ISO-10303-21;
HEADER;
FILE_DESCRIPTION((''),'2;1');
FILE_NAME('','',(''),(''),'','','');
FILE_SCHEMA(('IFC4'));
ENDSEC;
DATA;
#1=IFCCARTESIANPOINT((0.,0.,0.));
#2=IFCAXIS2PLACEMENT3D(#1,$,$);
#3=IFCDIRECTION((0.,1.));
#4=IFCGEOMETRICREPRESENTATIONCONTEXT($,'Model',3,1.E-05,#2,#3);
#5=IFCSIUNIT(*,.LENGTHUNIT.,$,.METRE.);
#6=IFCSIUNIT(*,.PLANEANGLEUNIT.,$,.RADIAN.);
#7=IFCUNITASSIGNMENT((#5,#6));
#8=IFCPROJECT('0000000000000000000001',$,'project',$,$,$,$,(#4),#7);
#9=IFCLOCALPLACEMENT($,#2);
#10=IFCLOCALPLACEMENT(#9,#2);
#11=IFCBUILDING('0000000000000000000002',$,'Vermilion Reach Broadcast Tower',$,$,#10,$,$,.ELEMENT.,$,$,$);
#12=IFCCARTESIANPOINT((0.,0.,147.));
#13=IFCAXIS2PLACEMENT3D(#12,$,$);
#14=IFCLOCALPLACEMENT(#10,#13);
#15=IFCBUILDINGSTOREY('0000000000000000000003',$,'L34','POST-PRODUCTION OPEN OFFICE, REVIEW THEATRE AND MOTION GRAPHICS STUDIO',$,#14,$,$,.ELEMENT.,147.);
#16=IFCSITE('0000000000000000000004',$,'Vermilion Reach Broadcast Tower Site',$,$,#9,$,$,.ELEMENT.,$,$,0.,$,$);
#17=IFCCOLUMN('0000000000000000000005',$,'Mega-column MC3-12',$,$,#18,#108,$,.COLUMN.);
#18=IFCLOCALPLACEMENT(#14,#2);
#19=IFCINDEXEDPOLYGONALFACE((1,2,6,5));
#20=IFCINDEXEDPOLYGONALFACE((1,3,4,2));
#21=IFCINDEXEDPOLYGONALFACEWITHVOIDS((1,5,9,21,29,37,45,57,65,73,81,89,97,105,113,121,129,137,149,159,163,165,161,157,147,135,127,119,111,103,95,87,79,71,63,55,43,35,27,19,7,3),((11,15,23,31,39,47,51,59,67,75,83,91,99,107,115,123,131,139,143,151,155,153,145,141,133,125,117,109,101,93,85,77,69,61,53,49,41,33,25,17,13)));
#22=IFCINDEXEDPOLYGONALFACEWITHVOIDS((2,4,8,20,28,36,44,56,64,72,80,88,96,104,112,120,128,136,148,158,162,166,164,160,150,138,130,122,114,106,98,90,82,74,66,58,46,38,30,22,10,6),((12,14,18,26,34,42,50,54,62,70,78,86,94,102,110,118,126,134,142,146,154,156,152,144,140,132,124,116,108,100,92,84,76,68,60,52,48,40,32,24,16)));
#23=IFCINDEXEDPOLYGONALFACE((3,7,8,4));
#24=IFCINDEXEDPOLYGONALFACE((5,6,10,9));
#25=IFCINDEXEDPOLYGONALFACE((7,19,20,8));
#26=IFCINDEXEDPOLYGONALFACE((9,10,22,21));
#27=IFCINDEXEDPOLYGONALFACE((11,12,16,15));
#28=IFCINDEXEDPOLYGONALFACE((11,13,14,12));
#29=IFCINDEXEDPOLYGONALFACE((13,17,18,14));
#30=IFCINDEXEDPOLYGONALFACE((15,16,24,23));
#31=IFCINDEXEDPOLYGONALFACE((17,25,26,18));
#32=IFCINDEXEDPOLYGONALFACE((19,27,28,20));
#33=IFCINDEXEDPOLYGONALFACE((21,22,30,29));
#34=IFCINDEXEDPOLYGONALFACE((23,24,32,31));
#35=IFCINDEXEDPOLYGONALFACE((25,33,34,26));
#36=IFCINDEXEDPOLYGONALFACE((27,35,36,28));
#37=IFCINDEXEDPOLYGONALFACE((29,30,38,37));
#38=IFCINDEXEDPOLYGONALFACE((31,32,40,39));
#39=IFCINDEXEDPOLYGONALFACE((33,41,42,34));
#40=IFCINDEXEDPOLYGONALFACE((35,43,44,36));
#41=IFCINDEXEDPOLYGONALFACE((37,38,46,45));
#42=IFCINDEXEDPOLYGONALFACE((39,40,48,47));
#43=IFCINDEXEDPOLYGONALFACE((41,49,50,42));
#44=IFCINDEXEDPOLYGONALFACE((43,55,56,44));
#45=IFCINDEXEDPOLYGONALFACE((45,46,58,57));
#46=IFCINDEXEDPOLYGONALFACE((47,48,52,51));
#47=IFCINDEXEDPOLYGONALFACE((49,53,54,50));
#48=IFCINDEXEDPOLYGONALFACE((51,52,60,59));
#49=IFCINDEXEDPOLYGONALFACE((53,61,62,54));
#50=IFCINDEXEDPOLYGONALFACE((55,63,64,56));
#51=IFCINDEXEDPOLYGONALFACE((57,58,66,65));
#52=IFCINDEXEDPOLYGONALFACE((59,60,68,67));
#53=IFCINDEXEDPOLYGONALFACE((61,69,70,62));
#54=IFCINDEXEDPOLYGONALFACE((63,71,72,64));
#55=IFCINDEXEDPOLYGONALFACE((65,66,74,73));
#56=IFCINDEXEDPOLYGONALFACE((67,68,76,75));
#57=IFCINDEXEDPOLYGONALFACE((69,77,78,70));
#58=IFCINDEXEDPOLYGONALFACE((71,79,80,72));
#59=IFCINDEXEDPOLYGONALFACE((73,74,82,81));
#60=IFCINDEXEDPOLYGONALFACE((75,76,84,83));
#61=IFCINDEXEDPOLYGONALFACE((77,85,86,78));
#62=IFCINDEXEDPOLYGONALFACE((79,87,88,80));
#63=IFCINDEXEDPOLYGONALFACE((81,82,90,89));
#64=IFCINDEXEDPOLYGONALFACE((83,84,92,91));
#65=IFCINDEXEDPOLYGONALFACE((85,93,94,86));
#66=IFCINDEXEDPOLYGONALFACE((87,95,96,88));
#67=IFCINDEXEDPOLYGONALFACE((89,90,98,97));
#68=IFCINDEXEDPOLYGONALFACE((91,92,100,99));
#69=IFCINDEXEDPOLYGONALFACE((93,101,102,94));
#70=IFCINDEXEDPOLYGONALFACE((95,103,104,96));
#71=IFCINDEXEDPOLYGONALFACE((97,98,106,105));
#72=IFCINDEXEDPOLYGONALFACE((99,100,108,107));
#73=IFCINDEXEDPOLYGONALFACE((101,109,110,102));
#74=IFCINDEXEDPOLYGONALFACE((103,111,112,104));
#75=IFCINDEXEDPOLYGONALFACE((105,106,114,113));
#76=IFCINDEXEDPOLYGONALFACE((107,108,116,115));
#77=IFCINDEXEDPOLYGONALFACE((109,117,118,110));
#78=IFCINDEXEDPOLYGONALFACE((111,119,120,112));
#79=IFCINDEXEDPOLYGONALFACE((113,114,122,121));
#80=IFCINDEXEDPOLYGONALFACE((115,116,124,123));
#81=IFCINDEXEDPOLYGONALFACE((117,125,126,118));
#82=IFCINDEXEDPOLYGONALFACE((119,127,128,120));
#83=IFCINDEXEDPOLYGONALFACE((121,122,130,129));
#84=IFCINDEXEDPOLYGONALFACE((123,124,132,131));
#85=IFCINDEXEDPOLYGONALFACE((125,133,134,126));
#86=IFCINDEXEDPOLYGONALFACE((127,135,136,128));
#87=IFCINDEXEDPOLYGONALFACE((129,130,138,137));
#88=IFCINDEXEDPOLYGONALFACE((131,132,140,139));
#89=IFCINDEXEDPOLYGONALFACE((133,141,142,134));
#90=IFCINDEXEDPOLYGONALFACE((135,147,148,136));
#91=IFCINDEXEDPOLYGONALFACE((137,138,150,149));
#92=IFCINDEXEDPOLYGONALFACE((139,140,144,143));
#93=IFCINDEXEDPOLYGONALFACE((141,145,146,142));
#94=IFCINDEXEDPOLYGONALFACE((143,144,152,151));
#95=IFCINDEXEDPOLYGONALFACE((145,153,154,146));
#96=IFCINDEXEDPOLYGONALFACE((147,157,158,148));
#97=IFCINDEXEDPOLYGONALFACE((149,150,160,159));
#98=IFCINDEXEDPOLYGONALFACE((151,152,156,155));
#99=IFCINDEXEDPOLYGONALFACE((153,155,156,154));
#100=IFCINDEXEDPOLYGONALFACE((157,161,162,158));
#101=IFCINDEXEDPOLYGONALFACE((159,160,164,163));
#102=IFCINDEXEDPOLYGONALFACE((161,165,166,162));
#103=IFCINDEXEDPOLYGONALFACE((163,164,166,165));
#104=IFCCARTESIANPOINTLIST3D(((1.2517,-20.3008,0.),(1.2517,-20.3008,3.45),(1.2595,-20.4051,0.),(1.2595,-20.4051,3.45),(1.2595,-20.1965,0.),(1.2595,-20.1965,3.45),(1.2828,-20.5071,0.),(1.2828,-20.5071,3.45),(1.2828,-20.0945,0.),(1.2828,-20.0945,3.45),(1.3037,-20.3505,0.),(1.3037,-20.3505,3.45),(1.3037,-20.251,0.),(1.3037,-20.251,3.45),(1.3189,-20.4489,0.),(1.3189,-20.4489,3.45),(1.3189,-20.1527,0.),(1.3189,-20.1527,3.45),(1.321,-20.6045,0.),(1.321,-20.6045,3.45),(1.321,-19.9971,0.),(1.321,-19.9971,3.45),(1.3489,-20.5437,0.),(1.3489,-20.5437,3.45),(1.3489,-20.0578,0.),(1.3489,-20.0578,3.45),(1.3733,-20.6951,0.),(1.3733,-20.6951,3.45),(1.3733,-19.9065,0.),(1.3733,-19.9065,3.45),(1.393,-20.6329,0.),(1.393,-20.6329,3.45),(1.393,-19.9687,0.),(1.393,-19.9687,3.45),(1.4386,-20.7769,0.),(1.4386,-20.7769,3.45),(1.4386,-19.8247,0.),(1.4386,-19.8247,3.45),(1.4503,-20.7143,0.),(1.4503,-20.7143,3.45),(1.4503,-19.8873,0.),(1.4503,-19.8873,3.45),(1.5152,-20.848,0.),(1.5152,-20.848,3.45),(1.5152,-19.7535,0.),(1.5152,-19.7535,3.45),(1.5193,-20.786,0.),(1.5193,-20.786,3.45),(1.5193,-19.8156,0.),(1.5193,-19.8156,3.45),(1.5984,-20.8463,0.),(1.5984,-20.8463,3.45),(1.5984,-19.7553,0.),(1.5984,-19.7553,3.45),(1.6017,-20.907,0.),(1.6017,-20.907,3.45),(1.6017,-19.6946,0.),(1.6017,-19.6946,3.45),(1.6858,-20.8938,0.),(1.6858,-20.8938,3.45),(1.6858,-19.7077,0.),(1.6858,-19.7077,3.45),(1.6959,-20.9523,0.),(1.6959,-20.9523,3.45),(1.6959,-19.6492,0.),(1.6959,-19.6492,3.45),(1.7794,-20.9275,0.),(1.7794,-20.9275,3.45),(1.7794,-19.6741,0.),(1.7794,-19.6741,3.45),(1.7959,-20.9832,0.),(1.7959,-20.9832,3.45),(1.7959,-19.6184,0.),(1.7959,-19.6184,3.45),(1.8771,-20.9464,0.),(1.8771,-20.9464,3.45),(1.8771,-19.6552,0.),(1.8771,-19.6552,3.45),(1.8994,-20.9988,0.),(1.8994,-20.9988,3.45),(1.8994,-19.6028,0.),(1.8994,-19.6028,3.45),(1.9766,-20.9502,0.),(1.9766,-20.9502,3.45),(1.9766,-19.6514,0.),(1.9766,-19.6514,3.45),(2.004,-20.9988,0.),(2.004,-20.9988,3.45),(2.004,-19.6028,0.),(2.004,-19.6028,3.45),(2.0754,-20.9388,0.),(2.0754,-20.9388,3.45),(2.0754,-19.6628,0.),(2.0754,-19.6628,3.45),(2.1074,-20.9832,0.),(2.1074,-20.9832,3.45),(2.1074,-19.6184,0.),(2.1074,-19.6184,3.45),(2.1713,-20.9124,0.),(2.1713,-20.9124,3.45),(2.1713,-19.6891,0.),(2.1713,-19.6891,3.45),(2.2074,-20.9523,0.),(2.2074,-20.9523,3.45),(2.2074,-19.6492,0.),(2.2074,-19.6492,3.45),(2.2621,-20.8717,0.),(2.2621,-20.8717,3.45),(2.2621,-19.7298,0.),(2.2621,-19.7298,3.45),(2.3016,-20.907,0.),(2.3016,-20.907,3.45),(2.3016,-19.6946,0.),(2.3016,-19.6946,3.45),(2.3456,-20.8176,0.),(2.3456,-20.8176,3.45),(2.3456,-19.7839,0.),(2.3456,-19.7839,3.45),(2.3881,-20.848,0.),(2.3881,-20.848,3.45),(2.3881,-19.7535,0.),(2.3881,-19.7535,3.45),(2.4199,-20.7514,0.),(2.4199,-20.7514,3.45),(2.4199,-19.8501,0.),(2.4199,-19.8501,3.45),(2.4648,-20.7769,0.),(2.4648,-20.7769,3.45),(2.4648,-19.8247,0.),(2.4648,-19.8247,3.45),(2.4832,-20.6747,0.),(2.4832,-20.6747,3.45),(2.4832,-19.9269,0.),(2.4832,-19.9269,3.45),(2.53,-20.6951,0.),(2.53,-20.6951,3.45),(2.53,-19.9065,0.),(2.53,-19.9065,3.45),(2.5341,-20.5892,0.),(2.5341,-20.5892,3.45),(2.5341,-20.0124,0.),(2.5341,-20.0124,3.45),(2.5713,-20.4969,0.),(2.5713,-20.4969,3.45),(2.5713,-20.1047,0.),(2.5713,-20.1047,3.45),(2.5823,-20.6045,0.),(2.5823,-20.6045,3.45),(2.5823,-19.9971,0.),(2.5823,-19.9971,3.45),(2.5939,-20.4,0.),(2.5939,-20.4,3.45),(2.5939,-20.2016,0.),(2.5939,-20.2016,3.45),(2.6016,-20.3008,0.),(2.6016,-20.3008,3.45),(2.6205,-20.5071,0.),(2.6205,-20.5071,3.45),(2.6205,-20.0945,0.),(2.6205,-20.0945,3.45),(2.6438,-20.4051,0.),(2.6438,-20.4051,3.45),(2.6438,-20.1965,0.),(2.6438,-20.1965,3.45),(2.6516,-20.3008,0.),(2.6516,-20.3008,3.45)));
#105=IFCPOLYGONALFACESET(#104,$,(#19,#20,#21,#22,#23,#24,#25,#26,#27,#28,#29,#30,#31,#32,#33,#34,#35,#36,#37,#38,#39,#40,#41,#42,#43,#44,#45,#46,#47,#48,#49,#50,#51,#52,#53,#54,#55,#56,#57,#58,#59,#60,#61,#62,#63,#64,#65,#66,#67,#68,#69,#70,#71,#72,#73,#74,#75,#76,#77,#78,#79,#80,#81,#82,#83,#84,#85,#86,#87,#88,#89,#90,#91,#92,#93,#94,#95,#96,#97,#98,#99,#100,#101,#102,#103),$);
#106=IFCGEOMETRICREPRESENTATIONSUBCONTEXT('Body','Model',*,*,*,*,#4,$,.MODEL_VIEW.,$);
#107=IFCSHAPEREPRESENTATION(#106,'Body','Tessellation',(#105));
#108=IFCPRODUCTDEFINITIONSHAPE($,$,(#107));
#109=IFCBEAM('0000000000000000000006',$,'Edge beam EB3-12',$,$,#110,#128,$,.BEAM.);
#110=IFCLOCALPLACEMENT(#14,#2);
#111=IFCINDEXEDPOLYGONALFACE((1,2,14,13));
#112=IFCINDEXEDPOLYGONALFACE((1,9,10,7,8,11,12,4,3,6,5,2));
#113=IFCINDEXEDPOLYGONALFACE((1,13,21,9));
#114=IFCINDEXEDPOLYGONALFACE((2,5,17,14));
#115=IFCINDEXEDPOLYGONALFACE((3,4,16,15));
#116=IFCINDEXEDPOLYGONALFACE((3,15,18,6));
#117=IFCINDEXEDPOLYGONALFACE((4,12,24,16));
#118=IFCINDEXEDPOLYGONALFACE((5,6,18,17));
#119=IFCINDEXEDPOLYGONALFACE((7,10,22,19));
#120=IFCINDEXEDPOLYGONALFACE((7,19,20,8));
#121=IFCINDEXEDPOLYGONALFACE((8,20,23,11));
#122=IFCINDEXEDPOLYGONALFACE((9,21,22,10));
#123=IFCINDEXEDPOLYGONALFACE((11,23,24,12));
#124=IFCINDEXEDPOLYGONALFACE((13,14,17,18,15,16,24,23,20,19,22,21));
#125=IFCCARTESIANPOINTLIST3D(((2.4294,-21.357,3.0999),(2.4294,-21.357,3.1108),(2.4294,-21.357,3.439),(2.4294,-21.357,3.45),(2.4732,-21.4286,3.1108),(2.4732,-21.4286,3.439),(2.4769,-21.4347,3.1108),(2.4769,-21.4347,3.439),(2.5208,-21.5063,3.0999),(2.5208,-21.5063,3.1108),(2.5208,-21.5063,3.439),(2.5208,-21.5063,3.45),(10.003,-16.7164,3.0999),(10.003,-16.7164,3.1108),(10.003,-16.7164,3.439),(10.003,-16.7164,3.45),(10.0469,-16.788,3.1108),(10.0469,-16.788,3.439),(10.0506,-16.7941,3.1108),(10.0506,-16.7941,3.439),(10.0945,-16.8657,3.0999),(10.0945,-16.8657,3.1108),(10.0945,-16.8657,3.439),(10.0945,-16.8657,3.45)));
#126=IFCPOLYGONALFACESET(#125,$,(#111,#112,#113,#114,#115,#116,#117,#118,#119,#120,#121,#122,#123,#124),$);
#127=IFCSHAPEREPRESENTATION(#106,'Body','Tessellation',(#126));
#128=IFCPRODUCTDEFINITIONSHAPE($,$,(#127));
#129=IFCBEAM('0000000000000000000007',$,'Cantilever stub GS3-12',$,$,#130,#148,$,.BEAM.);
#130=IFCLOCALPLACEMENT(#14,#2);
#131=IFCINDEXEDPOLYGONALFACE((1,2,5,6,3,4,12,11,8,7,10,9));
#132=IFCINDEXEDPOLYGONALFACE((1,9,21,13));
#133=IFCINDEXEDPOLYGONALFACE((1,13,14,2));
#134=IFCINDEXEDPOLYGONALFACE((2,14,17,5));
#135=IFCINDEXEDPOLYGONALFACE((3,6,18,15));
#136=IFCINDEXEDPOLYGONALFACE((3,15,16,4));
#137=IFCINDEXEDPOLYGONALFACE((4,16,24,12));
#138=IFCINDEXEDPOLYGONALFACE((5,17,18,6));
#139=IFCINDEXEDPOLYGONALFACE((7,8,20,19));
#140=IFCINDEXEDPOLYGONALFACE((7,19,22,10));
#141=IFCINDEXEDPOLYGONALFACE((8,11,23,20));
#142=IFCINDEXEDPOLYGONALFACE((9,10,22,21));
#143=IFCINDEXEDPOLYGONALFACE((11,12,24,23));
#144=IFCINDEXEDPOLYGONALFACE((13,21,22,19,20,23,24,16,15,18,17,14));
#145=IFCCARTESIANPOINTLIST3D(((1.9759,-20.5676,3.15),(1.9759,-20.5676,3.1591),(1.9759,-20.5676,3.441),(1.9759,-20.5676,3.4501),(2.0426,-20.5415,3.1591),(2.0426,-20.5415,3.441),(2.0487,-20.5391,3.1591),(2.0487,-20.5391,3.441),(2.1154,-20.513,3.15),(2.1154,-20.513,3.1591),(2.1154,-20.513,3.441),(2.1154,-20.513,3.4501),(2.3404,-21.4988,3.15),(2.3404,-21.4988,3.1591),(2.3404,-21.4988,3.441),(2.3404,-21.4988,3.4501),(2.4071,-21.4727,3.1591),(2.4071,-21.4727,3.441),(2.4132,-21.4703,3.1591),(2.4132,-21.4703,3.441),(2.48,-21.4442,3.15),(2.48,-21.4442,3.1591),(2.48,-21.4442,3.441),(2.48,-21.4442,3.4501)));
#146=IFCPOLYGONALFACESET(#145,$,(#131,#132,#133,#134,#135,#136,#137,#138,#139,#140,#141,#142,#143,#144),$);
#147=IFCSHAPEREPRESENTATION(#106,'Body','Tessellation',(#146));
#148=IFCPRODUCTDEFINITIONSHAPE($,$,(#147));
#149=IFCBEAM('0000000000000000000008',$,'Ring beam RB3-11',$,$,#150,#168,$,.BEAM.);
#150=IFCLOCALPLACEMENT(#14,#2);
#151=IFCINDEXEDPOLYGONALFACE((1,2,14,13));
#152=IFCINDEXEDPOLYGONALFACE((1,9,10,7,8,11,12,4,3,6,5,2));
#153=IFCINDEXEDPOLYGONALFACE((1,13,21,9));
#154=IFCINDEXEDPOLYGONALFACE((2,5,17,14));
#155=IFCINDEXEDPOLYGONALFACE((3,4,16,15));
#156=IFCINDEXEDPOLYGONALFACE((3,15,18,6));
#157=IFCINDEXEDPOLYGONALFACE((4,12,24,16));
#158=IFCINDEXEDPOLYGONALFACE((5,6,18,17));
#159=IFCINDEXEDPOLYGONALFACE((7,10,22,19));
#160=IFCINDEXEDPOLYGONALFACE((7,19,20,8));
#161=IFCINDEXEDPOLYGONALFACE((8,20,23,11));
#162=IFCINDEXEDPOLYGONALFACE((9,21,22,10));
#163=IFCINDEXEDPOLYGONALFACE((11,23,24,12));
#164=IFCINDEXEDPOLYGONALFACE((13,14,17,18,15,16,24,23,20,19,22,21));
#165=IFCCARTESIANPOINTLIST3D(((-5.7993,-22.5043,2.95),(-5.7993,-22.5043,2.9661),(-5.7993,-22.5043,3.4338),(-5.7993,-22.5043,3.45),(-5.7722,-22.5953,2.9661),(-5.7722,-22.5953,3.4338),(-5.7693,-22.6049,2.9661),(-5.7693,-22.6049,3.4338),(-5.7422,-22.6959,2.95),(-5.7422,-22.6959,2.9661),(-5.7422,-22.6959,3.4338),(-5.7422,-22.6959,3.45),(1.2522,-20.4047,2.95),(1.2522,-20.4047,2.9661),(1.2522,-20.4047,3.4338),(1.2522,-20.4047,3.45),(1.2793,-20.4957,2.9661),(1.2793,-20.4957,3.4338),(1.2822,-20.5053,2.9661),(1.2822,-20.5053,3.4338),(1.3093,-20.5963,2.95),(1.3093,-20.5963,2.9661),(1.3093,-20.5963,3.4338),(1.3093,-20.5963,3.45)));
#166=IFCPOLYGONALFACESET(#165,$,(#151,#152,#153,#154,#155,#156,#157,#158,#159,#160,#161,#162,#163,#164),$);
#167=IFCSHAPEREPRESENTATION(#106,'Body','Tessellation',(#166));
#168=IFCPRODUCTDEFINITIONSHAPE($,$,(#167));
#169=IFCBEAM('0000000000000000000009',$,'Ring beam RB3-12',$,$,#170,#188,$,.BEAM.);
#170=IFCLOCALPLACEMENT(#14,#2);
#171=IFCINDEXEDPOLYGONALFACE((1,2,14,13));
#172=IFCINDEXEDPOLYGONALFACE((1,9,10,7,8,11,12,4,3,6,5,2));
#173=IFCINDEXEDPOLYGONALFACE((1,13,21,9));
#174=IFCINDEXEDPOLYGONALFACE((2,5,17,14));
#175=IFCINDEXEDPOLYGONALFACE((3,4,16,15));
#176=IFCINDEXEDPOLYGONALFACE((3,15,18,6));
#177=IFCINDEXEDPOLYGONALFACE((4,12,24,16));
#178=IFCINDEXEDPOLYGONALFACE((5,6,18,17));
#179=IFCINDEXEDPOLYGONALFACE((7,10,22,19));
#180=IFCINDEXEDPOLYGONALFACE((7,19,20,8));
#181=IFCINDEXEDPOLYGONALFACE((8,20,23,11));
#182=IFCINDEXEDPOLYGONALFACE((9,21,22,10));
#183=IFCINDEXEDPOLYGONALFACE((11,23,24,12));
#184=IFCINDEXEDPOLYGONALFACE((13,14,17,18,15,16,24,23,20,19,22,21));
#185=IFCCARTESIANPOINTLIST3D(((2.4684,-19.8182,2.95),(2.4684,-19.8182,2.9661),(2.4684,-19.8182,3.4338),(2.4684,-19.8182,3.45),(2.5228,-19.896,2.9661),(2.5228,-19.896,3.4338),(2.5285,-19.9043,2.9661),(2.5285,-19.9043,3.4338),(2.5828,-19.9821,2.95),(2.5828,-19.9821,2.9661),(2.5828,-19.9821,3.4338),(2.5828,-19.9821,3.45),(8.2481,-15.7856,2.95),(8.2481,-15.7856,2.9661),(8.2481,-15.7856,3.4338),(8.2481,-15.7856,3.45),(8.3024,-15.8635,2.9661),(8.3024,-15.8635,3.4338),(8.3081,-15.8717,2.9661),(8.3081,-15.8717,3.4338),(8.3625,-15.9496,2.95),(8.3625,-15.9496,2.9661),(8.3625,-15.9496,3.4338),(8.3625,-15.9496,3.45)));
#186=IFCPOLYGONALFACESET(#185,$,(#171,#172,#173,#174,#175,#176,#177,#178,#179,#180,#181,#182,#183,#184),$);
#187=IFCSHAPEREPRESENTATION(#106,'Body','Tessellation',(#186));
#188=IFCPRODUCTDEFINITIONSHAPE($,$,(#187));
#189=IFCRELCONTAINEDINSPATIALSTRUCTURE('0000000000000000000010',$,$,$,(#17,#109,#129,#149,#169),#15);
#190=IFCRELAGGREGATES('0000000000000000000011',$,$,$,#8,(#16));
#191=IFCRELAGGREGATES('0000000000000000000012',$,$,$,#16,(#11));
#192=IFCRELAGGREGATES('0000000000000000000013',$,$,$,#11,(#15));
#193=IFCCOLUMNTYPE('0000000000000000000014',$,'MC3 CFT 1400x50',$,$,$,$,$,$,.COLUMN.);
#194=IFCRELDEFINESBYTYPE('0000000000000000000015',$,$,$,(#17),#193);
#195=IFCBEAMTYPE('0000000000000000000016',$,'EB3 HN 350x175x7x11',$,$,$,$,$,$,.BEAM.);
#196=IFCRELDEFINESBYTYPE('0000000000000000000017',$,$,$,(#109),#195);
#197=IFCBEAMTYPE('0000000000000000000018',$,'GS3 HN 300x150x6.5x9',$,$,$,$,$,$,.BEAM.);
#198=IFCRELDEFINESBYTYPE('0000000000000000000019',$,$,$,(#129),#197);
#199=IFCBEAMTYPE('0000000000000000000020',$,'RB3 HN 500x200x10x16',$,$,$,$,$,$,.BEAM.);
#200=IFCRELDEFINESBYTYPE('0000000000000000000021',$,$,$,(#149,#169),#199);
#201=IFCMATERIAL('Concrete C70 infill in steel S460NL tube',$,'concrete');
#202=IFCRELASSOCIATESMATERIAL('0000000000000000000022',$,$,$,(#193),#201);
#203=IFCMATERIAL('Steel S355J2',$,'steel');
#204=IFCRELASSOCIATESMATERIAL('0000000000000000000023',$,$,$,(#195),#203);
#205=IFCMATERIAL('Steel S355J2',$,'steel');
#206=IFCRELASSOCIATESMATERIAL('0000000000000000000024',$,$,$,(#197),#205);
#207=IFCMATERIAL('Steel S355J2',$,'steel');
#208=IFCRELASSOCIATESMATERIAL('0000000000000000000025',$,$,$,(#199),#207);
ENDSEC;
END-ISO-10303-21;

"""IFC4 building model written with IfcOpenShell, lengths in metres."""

from ifc_helpers import new_model, si_unit, direction, frame, origin, origin_2d, place, context, subcontext, project, spatial, hollow_circle, i_section, extrude, material, material_profile, profile_set, type_object, element, save


model = new_model("IFC4")

# Units and contexts
model_context = context("Model", 3, precision=1e-05, world=origin(), true_north=direction((0.0, 1.0)))
body_context = subcontext(model_context, "Body", "Model", "MODEL_VIEW")
ifc_project = project(units=[si_unit("LENGTHUNIT", "METRE"), si_unit("PLANEANGLEUNIT", "RADIAN")], contexts=[model_context])

# Site, building, storey
site_placement = place(None, origin())
site = spatial("IfcSite", under=ifc_project, at=site_placement, Name="Vermilion Reach Broadcast Tower Site", CompositionType="ELEMENT", RefElevation=0.0)
building_placement = place(site_placement, origin())
building = spatial("IfcBuilding", under=site, at=building_placement, Name="Vermilion Reach Broadcast Tower", CompositionType="ELEMENT")
storey_placement = place(building_placement, frame((0.0, 0.0, 147.0)))
storey = spatial("IfcBuildingStorey", under=building, at=storey_placement, Name="L34", Description="POST-PRODUCTION OPEN OFFICE, REVIEW THEATRE AND MOTION GRAPHICS STUDIO", CompositionType="ELEMENT", Elevation=147.0)

# Column
ifc_material_1 = material(Name="Concrete C70 infill in steel S460NL tube", Category="concrete")
ifc_material_profile_1 = material_profile(ifc_material_1, hollow_circle(Radius=0.7, WallThickness=0.05, at=origin_2d()), Name="Concrete C70 infill in steel S460NL tube CFT 1400x50")
ifc_profile_set_1 = profile_set([ifc_material_profile_1], Name="Concrete C70 infill in steel S460NL tube")
column_type = type_object("IfcColumnType", Name="MC3 CFT 1400x50", PredefinedType="COLUMN", material=ifc_profile_set_1)
column_placement = place(storey_placement, frame((1.9517, -20.3008, 0.0), z_axis=(0.0, 0.0, 1.0), x_axis=(1.0, 0.0, 0.0)))
element("IfcColumn", 1, at=column_placement, inside=storey, type_object=column_type, Name="Mega-column MC3-12", PredefinedType="COLUMN", context=body_context, shape_type="SweptSolid", body=[
    extrude(hollow_circle(Radius=0.7, WallThickness=0.05, at=origin_2d()), origin(), (0.0, 0.0, 1.0), 3.45),
])

# Beams
ifc_material_2 = material(Name="Steel S355J2", Category="steel")
ifc_material_profile_2 = material_profile(ifc_material_2, i_section(OverallWidth=0.175, OverallDepth=0.3501, WebThickness=0.0071, FlangeThickness=0.011, at=origin_2d()), Name="S355J2 HN 350x175x7x11")
ifc_profile_set_2 = profile_set([ifc_material_profile_2], Name="Steel S355J2")
beam_type_1 = type_object("IfcBeamType", Name="EB3 HN 350x175x7x11", PredefinedType="BEAM", material=ifc_profile_set_2)
beam_1_placement = place(storey_placement, frame((2.4751, -21.4316, 3.2749), z_axis=(0.852668, 0.522452, 0.0), x_axis=(-0.522452, 0.852668, 0.0)))
element("IfcBeam", 2, at=beam_1_placement, inside=storey, type_object=beam_type_1, Name="Edge beam EB3-12", PredefinedType="BEAM", context=body_context, shape_type="SweptSolid", body=[
    extrude(i_section(OverallWidth=0.175, OverallDepth=0.3501, WebThickness=0.0071, FlangeThickness=0.011, at=origin_2d()), origin(), (0.0, 0.0, 1.0), 8.8823),
])
ifc_material_3 = material(Name="Steel S355J2", Category="steel")
ifc_material_profile_3 = material_profile(ifc_material_3, i_section(OverallWidth=0.1499, OverallDepth=0.3, WebThickness=0.0066, FlangeThickness=0.009, at=origin_2d()), Name="S355J2 HN 300x150x6.5x9")
ifc_profile_set_3 = profile_set([ifc_material_profile_3], Name="Steel S355J2")
beam_type_2 = type_object("IfcBeamType", Name="GS3 HN 300x150x6.5x9", PredefinedType="BEAM", material=ifc_profile_set_3)
beam_2_placement = place(storey_placement, frame((2.0457, -20.5403, 3.3), z_axis=(0.364519, -0.931196, 0.0), x_axis=(0.931196, 0.364519, 0.0)))
element("IfcBeam", 3, at=beam_2_placement, inside=storey, type_object=beam_type_2, Name="Cantilever stub GS3-12", PredefinedType="BEAM", context=body_context, shape_type="SweptSolid", body=[
    extrude(i_section(OverallWidth=0.1499, OverallDepth=0.3, WebThickness=0.0066, FlangeThickness=0.009, at=origin_2d()), origin(), (0.0, 0.0, 1.0), 1.0),
])
ifc_material_4 = material(Name="Steel S355J2", Category="steel")
ifc_material_profile_4 = material_profile(ifc_material_4, i_section(OverallWidth=0.2, OverallDepth=0.5, WebThickness=0.01, FlangeThickness=0.0161, at=origin_2d()), Name="S355J2 HN 500x200x10x16")
ifc_profile_set_4 = profile_set([ifc_material_profile_4], Name="Steel S355J2")
beam_type_3 = type_object("IfcBeamType", Name="RB3 HN 500x200x10x16", PredefinedType="BEAM", material=ifc_profile_set_4)
beam_3_placement = place(storey_placement, frame((-5.7708, -22.6001, 3.2), z_axis=(0.958417, 0.285372, 0.0), x_axis=(-0.285372, 0.958417, 0.0)))
element("IfcBeam", 4, at=beam_3_placement, inside=storey, type_object=beam_type_3, Name="Ring beam RB3-11", PredefinedType="BEAM", context=body_context, shape_type="SweptSolid", body=[
    extrude(i_section(OverallWidth=0.2, OverallDepth=0.5, WebThickness=0.01, FlangeThickness=0.0161, at=origin_2d()), origin(), (0.0, 0.0, 1.0), 7.3574),
])
beam_4_placement = place(storey_placement, frame((2.5256, -19.9001, 3.2), z_axis=(0.820111, 0.572204, 0.0), x_axis=(-0.572204, 0.820111, 0.0)))
element("IfcBeam", 5, at=beam_4_placement, inside=storey, type_object=beam_type_3, Name="Ring beam RB3-12", PredefinedType="BEAM", context=body_context, shape_type="SweptSolid", body=[
    extrude(i_section(OverallWidth=0.2, OverallDepth=0.5, WebThickness=0.01, FlangeThickness=0.0161, at=origin_2d()), origin(), (0.0, 0.0, 1.0), 7.0474),
])

save(model, "model.ifc")
